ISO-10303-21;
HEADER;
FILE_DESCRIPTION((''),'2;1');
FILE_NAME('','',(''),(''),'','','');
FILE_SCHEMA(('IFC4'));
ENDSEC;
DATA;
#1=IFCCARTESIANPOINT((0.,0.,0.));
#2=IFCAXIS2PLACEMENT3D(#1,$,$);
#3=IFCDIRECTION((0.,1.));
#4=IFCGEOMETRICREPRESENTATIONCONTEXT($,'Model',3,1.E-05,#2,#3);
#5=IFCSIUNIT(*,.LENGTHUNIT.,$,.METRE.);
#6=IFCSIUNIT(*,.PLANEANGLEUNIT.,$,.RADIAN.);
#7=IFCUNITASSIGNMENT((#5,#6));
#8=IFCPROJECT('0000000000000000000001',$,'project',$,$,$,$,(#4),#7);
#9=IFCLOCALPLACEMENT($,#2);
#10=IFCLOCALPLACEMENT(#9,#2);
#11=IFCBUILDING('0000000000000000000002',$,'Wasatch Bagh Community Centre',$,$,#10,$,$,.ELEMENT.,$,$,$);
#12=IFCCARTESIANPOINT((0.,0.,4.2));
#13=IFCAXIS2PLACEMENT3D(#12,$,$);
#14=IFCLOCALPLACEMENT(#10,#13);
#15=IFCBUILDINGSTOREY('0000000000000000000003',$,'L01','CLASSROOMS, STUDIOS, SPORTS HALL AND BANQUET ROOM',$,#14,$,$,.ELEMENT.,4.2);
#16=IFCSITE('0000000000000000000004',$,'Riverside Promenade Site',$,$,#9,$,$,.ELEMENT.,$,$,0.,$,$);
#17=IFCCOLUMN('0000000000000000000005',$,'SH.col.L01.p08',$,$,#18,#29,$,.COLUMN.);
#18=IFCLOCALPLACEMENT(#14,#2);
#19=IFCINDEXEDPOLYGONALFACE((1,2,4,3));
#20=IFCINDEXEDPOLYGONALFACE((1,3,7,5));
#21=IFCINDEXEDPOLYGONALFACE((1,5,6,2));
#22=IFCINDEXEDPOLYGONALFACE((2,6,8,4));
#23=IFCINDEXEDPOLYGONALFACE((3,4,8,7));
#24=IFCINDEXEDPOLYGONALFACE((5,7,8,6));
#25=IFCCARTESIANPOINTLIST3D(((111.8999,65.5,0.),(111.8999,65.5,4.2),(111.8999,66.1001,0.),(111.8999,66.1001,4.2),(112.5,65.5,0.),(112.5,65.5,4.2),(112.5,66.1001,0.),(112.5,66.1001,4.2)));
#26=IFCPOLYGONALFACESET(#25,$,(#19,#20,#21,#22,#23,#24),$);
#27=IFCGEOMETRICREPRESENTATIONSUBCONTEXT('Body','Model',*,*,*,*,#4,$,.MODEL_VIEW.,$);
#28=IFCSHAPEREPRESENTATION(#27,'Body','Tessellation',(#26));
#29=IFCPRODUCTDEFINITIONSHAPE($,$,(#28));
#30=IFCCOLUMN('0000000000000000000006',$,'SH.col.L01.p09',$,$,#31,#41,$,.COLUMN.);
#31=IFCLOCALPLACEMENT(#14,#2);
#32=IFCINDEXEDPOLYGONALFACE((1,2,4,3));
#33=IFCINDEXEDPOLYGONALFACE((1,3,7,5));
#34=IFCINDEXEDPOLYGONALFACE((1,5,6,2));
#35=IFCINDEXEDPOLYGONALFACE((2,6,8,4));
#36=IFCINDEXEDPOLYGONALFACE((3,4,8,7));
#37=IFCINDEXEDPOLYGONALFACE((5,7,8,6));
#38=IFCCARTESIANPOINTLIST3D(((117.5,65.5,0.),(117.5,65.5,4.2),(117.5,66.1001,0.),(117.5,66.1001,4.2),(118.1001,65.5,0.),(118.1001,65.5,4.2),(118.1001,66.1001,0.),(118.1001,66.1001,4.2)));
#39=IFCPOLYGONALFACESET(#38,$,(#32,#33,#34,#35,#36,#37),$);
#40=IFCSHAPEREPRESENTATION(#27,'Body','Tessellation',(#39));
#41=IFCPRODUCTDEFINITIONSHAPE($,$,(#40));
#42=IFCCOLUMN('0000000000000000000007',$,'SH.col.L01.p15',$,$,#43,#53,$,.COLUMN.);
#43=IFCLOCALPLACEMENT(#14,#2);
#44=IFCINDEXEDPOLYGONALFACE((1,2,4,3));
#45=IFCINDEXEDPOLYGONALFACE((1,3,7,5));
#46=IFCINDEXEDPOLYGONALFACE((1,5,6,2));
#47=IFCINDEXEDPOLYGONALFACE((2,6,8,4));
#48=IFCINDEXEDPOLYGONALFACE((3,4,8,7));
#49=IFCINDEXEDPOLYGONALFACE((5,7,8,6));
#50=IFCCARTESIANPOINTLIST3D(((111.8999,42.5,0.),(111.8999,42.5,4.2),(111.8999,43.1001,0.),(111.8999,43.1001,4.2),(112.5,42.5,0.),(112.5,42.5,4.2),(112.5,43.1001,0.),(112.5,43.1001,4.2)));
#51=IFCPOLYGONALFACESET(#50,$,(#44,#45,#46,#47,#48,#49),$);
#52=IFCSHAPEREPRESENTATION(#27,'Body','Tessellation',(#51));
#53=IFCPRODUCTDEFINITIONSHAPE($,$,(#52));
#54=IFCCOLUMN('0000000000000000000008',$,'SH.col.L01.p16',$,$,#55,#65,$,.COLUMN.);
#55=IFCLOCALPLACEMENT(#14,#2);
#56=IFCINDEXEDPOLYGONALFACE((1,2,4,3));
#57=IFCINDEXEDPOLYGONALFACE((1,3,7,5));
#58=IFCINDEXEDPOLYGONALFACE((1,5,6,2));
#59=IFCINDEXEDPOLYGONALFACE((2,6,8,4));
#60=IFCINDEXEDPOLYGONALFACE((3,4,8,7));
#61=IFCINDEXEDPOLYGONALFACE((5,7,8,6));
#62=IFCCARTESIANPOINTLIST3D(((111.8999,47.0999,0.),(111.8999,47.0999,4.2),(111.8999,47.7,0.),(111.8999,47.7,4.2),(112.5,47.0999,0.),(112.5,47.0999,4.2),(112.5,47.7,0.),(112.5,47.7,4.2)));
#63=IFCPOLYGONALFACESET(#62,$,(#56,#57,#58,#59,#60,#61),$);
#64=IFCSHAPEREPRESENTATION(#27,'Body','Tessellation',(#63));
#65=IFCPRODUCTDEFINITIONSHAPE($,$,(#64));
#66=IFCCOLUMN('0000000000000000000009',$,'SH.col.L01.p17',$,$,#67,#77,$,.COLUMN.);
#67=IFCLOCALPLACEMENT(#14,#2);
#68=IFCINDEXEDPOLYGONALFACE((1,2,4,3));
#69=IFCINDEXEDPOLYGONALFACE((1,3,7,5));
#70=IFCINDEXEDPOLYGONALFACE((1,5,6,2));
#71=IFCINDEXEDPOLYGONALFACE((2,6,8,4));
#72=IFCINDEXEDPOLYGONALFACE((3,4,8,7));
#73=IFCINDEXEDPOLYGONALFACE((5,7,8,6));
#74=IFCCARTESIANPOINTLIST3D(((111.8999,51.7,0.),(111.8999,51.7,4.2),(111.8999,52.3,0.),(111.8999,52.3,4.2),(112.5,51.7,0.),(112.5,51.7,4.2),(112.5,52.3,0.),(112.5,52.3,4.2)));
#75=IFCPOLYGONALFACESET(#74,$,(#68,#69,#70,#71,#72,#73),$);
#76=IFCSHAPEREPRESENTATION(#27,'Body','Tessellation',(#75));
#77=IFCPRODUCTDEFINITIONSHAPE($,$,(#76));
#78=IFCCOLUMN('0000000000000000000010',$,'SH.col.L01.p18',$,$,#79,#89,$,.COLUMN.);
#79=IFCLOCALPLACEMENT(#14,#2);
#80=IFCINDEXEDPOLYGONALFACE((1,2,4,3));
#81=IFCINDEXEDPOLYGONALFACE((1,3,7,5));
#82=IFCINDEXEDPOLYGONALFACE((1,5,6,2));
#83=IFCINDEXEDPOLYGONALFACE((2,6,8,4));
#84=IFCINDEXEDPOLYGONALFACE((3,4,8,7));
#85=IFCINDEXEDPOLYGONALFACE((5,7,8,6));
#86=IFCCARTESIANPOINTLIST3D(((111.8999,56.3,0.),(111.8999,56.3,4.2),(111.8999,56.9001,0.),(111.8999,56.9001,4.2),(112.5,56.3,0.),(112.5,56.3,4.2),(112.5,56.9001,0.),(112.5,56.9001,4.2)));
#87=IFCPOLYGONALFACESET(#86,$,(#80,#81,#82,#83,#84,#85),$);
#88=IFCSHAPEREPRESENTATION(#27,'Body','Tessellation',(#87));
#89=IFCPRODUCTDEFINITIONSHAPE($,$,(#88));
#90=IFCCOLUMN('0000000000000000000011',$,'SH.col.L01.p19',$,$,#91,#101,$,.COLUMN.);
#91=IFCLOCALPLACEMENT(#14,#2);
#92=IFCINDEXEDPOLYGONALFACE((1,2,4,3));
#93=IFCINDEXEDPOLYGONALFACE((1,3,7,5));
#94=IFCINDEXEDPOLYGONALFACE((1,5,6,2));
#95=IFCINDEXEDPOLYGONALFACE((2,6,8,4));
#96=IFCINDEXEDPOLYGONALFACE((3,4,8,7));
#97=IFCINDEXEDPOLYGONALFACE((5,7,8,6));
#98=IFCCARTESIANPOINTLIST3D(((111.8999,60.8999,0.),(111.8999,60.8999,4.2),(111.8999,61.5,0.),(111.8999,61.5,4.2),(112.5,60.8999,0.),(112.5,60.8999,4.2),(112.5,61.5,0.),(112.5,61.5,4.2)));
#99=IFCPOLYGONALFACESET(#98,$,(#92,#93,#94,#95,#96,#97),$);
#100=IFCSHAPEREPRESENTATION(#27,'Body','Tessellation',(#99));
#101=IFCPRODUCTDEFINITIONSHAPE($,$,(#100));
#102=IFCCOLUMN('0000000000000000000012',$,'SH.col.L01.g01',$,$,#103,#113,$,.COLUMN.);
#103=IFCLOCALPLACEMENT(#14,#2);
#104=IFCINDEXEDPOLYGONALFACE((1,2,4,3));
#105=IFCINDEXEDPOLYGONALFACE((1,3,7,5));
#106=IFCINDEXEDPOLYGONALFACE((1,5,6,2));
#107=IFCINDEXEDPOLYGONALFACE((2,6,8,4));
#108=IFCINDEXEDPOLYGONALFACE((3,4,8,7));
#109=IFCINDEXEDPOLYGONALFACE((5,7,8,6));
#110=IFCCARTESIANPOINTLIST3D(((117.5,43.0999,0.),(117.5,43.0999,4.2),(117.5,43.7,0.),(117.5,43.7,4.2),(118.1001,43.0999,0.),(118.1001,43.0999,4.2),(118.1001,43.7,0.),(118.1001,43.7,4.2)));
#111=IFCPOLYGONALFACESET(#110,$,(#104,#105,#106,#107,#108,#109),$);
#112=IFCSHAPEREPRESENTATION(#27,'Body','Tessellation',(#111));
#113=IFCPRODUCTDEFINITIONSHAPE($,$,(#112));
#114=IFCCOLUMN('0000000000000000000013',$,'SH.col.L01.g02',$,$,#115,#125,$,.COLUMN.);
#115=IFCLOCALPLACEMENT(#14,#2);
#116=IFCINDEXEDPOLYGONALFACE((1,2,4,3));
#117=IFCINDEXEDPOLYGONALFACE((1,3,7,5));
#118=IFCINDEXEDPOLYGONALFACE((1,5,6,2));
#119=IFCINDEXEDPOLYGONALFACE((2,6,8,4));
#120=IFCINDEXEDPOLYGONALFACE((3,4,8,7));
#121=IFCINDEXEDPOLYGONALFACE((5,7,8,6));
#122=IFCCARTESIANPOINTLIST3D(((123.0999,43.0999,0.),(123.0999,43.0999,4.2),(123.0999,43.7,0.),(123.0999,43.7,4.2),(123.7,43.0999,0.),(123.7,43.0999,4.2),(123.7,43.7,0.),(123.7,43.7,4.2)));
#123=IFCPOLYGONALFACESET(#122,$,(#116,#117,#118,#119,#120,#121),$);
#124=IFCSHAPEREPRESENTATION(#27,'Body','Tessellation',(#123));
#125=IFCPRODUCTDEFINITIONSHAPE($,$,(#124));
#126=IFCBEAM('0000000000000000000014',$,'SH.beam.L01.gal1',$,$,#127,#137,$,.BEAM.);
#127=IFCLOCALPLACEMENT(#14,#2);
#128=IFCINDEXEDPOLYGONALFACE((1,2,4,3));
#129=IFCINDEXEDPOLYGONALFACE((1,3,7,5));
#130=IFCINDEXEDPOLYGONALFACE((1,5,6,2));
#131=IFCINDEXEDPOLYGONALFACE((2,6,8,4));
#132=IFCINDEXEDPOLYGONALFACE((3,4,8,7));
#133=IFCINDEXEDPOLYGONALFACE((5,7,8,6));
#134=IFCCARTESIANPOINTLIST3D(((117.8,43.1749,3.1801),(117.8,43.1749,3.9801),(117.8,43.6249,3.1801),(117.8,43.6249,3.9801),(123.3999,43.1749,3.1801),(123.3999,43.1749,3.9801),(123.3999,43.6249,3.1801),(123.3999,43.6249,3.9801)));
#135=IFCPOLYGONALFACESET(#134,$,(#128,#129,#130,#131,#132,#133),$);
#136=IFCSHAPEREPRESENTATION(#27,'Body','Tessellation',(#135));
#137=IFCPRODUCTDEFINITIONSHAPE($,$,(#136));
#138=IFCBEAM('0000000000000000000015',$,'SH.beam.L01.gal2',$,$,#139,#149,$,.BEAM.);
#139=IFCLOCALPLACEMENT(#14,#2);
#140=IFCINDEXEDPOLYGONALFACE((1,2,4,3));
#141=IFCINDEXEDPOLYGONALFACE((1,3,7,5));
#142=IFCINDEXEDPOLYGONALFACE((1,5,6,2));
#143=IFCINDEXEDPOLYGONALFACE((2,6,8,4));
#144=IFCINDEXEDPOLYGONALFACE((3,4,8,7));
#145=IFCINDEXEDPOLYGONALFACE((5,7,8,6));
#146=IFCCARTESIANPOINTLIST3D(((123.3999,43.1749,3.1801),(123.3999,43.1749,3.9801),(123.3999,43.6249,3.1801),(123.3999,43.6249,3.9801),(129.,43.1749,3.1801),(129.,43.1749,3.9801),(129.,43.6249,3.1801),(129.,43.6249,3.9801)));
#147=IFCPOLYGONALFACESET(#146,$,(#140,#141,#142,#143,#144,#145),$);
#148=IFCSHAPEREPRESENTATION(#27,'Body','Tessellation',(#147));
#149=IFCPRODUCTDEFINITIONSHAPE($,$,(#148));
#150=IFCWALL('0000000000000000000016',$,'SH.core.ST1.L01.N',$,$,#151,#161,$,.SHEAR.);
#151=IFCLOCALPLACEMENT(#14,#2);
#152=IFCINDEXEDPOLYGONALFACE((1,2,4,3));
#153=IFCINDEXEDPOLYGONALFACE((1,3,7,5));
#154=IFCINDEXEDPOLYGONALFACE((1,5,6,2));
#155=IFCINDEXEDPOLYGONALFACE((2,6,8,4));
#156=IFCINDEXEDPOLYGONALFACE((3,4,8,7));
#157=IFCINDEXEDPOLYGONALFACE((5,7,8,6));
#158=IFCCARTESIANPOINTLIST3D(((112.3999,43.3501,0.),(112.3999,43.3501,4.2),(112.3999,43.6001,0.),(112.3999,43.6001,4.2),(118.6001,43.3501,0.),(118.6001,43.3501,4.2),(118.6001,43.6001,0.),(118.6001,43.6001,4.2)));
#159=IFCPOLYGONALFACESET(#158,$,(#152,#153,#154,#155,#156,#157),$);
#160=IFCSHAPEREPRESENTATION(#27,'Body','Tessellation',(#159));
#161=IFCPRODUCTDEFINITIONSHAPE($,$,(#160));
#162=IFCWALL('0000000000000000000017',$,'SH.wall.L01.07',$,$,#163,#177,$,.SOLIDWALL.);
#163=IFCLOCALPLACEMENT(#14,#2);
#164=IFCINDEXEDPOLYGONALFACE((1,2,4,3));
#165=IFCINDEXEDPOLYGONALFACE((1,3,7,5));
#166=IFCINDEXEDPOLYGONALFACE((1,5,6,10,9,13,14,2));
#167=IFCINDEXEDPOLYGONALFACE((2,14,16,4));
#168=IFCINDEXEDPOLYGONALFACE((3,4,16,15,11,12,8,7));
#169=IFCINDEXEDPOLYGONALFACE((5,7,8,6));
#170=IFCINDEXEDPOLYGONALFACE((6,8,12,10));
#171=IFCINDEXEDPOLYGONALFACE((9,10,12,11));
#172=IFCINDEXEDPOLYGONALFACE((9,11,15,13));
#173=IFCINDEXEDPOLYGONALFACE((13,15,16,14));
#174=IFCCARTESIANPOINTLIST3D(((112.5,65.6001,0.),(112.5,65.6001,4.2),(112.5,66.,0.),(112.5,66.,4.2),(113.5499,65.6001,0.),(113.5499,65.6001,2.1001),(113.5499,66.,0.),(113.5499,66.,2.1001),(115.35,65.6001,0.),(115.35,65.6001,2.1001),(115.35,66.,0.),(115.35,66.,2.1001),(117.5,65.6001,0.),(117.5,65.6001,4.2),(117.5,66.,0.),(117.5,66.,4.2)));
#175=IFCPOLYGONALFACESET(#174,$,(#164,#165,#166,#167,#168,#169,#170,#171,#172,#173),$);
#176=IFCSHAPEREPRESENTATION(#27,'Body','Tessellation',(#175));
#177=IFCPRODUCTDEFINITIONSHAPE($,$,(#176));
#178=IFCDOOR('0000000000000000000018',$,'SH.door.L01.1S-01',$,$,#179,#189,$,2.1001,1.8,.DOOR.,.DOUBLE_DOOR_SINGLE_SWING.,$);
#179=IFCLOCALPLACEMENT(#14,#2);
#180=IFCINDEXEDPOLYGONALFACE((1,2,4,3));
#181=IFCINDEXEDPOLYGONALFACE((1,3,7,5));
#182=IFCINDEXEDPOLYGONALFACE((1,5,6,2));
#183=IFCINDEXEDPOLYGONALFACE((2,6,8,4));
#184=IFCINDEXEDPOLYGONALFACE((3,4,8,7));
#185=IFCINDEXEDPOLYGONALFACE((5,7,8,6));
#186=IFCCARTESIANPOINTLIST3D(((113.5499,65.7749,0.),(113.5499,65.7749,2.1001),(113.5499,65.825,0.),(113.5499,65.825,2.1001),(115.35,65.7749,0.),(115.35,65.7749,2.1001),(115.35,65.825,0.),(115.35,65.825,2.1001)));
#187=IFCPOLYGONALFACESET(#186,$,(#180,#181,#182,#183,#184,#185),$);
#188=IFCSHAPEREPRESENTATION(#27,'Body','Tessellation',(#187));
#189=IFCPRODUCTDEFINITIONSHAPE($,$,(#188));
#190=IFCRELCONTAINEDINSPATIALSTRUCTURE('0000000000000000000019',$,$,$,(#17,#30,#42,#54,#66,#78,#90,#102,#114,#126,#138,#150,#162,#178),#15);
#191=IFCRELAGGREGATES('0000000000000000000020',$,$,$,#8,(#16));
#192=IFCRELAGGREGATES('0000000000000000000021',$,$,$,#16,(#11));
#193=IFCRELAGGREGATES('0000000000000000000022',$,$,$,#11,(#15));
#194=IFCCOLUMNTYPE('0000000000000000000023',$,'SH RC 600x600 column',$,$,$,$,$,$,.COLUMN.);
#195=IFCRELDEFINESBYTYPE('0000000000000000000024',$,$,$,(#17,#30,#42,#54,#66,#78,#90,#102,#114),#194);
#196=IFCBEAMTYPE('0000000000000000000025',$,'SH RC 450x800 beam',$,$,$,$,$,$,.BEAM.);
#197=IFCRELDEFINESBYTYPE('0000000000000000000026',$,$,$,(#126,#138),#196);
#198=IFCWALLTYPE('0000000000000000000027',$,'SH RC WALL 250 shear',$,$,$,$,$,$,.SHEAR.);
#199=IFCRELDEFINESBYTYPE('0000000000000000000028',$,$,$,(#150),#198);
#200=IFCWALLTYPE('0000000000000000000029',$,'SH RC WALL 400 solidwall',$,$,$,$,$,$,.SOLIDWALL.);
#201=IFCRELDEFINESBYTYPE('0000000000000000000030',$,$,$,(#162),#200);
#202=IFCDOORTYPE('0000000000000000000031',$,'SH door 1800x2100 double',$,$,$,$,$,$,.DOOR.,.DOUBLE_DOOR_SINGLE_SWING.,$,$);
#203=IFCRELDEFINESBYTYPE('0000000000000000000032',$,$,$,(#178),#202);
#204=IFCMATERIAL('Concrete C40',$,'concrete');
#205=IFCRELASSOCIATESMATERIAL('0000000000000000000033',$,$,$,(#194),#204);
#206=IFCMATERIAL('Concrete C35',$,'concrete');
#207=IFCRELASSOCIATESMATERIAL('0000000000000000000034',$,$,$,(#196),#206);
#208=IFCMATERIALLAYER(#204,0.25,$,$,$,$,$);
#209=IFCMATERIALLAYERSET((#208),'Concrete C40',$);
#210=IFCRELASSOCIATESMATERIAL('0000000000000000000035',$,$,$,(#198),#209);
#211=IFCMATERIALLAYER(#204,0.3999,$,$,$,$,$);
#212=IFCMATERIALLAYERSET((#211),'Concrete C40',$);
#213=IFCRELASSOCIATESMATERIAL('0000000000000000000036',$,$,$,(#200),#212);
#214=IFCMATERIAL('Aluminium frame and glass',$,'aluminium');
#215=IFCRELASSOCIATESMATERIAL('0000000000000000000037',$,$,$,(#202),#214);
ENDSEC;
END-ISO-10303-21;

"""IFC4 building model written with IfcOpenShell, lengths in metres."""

from ifc_helpers import new_model, si_unit, direction, frame, frame_2d, origin, origin_2d, place, context, subcontext, project, spatial, rectangle, extrude, material, layer, layer_set, material_profile, profile_set, type_object, element, fill, save


model = new_model("IFC4")

# Units and contexts
model_context = context("Model", 3, precision=1e-05, world=origin(), true_north=direction((0.0, 1.0)))
body_context = subcontext(model_context, "Body", "Model", "MODEL_VIEW")
ifc_project = project(units=[si_unit("LENGTHUNIT", "METRE"), si_unit("PLANEANGLEUNIT", "RADIAN")], contexts=[model_context])

# Site, building, storey
site_placement = place(None, origin())
site = spatial("IfcSite", under=ifc_project, at=site_placement, Name="Riverside Promenade Site", CompositionType="ELEMENT", RefElevation=0.0)
building_placement = place(site_placement, origin())
building = spatial("IfcBuilding", under=site, at=building_placement, Name="Wasatch Bagh Community Centre", CompositionType="ELEMENT")
storey_placement = place(building_placement, frame((0.0, 0.0, 4.2)))
storey = spatial("IfcBuildingStorey", under=building, at=storey_placement, Name="L01", Description="CLASSROOMS, STUDIOS, SPORTS HALL AND BANQUET ROOM", CompositionType="ELEMENT", Elevation=4.2)

# Columns
ifc_material_1 = material(Name="Concrete C40", Category="concrete")
ifc_material_profile_1 = material_profile(ifc_material_1, rectangle(XDim=0.6001, YDim=0.6001, at=origin_2d()), Name="RC 600x600")
ifc_profile_set_1 = profile_set([ifc_material_profile_1], Name="Concrete C40")
column_type = type_object("IfcColumnType", Name="SH RC 600x600 column", PredefinedType="COLUMN", material=ifc_profile_set_1)
for number, where, z_axis, x_axis, name in (
    (1, (112.2, 65.8, 0.0), (0.0, 0.0, 1.0), (1.0, 0.0, 0.0), "SH.col.L01.p08"),
    (2, (117.8, 65.8, 0.0), (0.0, 0.0, 1.0), (1.0, 0.0, 0.0), "SH.col.L01.p09"),
    (3, (112.2, 42.8, 0.0), (0.0, 0.0, 1.0), (1.0, 0.0, 0.0), "SH.col.L01.p15"),
    (4, (112.2, 47.3999, 0.0), (0.0, 0.0, 1.0), (1.0, 0.0, 0.0), "SH.col.L01.p16"),
    (5, (112.2, 52.0, 0.0), (0.0, 0.0, 1.0), (1.0, 0.0, 0.0), "SH.col.L01.p17"),
    (6, (112.2, 56.6001, 0.0), (0.0, 0.0, 1.0), (1.0, 0.0, 0.0), "SH.col.L01.p18"),
    (7, (112.2, 61.2, 0.0), (0.0, 0.0, 1.0), (1.0, 0.0, 0.0), "SH.col.L01.p19"),
    (8, (117.8, 43.3999, 0.0), (0.0, 0.0, 1.0), (1.0, 0.0, 0.0), "SH.col.L01.g01"),
    (9, (123.3999, 43.3999, 0.0), (0.0, 0.0, 1.0), (1.0, 0.0, 0.0), "SH.col.L01.g02"),
):
    element("IfcColumn", number, at=place(storey_placement, frame(where, z_axis=z_axis, x_axis=x_axis)), inside=storey, type_object=column_type, Name=name, PredefinedType="COLUMN", context=body_context, shape_type="SweptSolid", body=[
        extrude(rectangle(XDim=0.6001, YDim=0.6001, at=origin_2d()), origin(), (0.0, 0.0, 1.0), 4.2),
    ])

# Beams
ifc_material_2 = material(Name="Concrete C35", Category="concrete")
ifc_material_profile_2 = material_profile(ifc_material_2, rectangle(XDim=0.45, YDim=0.8, at=origin_2d()), Name="RC 450x800")
ifc_profile_set_2 = profile_set([ifc_material_profile_2], Name="Concrete C35")
beam_type = type_object("IfcBeamType", Name="SH RC 450x800 beam", PredefinedType="BEAM", material=ifc_profile_set_2)
beam_1_placement = place(storey_placement, frame((117.8, 43.3999, 3.5801), z_axis=(1.0, 0.0, 0.0), x_axis=(0.0, 1.0, 0.0)))
element("IfcBeam", 10, at=beam_1_placement, inside=storey, type_object=beam_type, Name="SH.beam.L01.gal1", PredefinedType="BEAM", context=body_context, shape_type="SweptSolid", body=[
    extrude(rectangle(XDim=0.45, YDim=0.8, at=origin_2d()), origin(), (0.0, 0.0, 1.0), 5.5999),
])
beam_2_placement = place(storey_placement, frame((123.3999, 43.3999, 3.5801), z_axis=(1.0, 0.0, 0.0), x_axis=(0.0, 1.0, 0.0)))
element("IfcBeam", 11, at=beam_2_placement, inside=storey, type_object=beam_type, Name="SH.beam.L01.gal2", PredefinedType="BEAM", context=body_context, shape_type="SweptSolid", body=[
    extrude(rectangle(XDim=0.45, YDim=0.8, at=origin_2d()), origin(), (0.0, 0.0, 1.0), 5.6001),
])

# Wall
ifc_layer_1 = layer(ifc_material_1, 0.25)
ifc_layer_set_1 = layer_set([ifc_layer_1], Name="Concrete C40")
wall_type_1 = type_object("IfcWallType", Name="SH RC WALL 250 shear", PredefinedType="SHEAR", material=ifc_layer_set_1)
wall_1_placement = place(storey_placement, frame((112.3999, 43.4751, 0.0), z_axis=(0.0, 0.0, 1.0), x_axis=(1.0, 0.0, 0.0)))
element("IfcWall", 12, at=wall_1_placement, inside=storey, type_object=wall_type_1, Name="SH.core.ST1.L01.N", PredefinedType="SHEAR", context=body_context, shape_type="SweptSolid", body=[
    extrude(rectangle(XDim=6.2002, YDim=0.25, at=frame_2d((3.1001, 0.0))), origin(), (0.0, 0.0, 1.0), 4.2),
])

# Wall, opening, door
ifc_layer_2 = layer(ifc_material_1, 0.3999)
ifc_layer_set_2 = layer_set([ifc_layer_2], Name="Concrete C40")
wall_type_2 = type_object("IfcWallType", Name="SH RC WALL 400 solidwall", PredefinedType="SOLIDWALL", material=ifc_layer_set_2)
wall_2_placement = place(storey_placement, frame((112.5, 65.8, 0.0), z_axis=(0.0, 0.0, 1.0), x_axis=(1.0, 0.0, 0.0)))
wall_2 = element("IfcWall", 13, at=wall_2_placement, inside=storey, type_object=wall_type_2, Name="SH.wall.L01.07", PredefinedType="SOLIDWALL", context=body_context, shape_type="SweptSolid", body=[
    extrude(rectangle(XDim=5.0, YDim=0.3999, at=frame_2d((2.5, 0.0))), origin(), (0.0, 0.0, 1.0), 4.2),
])
opening_1_placement = place(wall_2_placement, frame((1.05, 0.0, 0.0)))
opening_1 = element("IfcOpeningElement", 14, at=opening_1_placement, cuts=wall_2, PredefinedType="OPENING", context=body_context, shape_type="SweptSolid", body=[
    extrude(rectangle(XDim=1.8, YDim=2.1001, at=frame_2d((0.8999, 1.05))), frame((0.0, 0.21, 0.0), z_axis=(0.0, -1.0, 0.0), x_axis=(1.0, 0.0, 0.0)), (0.0, 0.0, 1.0), 0.4199),
])
ifc_material_3 = material(Name="Aluminium frame and glass", Category="aluminium")
door_type = type_object("IfcDoorType", Name="SH door 1800x2100 double", OperationType="DOUBLE_DOOR_SINGLE_SWING", PredefinedType="DOOR", material=ifc_material_3)
door_placement = place(opening_1_placement, origin())
door = element("IfcDoor", 15, at=door_placement, inside=storey, type_object=door_type, Name="SH.door.L01.1S-01", OperationType="DOUBLE_DOOR_SINGLE_SWING", OverallHeight=2.1001, OverallWidth=1.8, PredefinedType="DOOR", context=body_context, shape_type="SweptSolid", body=[
    extrude(rectangle(XDim=1.8, YDim=2.1001, at=frame_2d((0.8999, 1.05))), frame((0.0, 0.0249, 0.0), z_axis=(0.0, -1.0, 0.0), x_axis=(1.0, 0.0, 0.0)), (0.0, 0.0, 1.0), 0.05),
])
fill(opening_1, door)

save(model, "model.ifc")
